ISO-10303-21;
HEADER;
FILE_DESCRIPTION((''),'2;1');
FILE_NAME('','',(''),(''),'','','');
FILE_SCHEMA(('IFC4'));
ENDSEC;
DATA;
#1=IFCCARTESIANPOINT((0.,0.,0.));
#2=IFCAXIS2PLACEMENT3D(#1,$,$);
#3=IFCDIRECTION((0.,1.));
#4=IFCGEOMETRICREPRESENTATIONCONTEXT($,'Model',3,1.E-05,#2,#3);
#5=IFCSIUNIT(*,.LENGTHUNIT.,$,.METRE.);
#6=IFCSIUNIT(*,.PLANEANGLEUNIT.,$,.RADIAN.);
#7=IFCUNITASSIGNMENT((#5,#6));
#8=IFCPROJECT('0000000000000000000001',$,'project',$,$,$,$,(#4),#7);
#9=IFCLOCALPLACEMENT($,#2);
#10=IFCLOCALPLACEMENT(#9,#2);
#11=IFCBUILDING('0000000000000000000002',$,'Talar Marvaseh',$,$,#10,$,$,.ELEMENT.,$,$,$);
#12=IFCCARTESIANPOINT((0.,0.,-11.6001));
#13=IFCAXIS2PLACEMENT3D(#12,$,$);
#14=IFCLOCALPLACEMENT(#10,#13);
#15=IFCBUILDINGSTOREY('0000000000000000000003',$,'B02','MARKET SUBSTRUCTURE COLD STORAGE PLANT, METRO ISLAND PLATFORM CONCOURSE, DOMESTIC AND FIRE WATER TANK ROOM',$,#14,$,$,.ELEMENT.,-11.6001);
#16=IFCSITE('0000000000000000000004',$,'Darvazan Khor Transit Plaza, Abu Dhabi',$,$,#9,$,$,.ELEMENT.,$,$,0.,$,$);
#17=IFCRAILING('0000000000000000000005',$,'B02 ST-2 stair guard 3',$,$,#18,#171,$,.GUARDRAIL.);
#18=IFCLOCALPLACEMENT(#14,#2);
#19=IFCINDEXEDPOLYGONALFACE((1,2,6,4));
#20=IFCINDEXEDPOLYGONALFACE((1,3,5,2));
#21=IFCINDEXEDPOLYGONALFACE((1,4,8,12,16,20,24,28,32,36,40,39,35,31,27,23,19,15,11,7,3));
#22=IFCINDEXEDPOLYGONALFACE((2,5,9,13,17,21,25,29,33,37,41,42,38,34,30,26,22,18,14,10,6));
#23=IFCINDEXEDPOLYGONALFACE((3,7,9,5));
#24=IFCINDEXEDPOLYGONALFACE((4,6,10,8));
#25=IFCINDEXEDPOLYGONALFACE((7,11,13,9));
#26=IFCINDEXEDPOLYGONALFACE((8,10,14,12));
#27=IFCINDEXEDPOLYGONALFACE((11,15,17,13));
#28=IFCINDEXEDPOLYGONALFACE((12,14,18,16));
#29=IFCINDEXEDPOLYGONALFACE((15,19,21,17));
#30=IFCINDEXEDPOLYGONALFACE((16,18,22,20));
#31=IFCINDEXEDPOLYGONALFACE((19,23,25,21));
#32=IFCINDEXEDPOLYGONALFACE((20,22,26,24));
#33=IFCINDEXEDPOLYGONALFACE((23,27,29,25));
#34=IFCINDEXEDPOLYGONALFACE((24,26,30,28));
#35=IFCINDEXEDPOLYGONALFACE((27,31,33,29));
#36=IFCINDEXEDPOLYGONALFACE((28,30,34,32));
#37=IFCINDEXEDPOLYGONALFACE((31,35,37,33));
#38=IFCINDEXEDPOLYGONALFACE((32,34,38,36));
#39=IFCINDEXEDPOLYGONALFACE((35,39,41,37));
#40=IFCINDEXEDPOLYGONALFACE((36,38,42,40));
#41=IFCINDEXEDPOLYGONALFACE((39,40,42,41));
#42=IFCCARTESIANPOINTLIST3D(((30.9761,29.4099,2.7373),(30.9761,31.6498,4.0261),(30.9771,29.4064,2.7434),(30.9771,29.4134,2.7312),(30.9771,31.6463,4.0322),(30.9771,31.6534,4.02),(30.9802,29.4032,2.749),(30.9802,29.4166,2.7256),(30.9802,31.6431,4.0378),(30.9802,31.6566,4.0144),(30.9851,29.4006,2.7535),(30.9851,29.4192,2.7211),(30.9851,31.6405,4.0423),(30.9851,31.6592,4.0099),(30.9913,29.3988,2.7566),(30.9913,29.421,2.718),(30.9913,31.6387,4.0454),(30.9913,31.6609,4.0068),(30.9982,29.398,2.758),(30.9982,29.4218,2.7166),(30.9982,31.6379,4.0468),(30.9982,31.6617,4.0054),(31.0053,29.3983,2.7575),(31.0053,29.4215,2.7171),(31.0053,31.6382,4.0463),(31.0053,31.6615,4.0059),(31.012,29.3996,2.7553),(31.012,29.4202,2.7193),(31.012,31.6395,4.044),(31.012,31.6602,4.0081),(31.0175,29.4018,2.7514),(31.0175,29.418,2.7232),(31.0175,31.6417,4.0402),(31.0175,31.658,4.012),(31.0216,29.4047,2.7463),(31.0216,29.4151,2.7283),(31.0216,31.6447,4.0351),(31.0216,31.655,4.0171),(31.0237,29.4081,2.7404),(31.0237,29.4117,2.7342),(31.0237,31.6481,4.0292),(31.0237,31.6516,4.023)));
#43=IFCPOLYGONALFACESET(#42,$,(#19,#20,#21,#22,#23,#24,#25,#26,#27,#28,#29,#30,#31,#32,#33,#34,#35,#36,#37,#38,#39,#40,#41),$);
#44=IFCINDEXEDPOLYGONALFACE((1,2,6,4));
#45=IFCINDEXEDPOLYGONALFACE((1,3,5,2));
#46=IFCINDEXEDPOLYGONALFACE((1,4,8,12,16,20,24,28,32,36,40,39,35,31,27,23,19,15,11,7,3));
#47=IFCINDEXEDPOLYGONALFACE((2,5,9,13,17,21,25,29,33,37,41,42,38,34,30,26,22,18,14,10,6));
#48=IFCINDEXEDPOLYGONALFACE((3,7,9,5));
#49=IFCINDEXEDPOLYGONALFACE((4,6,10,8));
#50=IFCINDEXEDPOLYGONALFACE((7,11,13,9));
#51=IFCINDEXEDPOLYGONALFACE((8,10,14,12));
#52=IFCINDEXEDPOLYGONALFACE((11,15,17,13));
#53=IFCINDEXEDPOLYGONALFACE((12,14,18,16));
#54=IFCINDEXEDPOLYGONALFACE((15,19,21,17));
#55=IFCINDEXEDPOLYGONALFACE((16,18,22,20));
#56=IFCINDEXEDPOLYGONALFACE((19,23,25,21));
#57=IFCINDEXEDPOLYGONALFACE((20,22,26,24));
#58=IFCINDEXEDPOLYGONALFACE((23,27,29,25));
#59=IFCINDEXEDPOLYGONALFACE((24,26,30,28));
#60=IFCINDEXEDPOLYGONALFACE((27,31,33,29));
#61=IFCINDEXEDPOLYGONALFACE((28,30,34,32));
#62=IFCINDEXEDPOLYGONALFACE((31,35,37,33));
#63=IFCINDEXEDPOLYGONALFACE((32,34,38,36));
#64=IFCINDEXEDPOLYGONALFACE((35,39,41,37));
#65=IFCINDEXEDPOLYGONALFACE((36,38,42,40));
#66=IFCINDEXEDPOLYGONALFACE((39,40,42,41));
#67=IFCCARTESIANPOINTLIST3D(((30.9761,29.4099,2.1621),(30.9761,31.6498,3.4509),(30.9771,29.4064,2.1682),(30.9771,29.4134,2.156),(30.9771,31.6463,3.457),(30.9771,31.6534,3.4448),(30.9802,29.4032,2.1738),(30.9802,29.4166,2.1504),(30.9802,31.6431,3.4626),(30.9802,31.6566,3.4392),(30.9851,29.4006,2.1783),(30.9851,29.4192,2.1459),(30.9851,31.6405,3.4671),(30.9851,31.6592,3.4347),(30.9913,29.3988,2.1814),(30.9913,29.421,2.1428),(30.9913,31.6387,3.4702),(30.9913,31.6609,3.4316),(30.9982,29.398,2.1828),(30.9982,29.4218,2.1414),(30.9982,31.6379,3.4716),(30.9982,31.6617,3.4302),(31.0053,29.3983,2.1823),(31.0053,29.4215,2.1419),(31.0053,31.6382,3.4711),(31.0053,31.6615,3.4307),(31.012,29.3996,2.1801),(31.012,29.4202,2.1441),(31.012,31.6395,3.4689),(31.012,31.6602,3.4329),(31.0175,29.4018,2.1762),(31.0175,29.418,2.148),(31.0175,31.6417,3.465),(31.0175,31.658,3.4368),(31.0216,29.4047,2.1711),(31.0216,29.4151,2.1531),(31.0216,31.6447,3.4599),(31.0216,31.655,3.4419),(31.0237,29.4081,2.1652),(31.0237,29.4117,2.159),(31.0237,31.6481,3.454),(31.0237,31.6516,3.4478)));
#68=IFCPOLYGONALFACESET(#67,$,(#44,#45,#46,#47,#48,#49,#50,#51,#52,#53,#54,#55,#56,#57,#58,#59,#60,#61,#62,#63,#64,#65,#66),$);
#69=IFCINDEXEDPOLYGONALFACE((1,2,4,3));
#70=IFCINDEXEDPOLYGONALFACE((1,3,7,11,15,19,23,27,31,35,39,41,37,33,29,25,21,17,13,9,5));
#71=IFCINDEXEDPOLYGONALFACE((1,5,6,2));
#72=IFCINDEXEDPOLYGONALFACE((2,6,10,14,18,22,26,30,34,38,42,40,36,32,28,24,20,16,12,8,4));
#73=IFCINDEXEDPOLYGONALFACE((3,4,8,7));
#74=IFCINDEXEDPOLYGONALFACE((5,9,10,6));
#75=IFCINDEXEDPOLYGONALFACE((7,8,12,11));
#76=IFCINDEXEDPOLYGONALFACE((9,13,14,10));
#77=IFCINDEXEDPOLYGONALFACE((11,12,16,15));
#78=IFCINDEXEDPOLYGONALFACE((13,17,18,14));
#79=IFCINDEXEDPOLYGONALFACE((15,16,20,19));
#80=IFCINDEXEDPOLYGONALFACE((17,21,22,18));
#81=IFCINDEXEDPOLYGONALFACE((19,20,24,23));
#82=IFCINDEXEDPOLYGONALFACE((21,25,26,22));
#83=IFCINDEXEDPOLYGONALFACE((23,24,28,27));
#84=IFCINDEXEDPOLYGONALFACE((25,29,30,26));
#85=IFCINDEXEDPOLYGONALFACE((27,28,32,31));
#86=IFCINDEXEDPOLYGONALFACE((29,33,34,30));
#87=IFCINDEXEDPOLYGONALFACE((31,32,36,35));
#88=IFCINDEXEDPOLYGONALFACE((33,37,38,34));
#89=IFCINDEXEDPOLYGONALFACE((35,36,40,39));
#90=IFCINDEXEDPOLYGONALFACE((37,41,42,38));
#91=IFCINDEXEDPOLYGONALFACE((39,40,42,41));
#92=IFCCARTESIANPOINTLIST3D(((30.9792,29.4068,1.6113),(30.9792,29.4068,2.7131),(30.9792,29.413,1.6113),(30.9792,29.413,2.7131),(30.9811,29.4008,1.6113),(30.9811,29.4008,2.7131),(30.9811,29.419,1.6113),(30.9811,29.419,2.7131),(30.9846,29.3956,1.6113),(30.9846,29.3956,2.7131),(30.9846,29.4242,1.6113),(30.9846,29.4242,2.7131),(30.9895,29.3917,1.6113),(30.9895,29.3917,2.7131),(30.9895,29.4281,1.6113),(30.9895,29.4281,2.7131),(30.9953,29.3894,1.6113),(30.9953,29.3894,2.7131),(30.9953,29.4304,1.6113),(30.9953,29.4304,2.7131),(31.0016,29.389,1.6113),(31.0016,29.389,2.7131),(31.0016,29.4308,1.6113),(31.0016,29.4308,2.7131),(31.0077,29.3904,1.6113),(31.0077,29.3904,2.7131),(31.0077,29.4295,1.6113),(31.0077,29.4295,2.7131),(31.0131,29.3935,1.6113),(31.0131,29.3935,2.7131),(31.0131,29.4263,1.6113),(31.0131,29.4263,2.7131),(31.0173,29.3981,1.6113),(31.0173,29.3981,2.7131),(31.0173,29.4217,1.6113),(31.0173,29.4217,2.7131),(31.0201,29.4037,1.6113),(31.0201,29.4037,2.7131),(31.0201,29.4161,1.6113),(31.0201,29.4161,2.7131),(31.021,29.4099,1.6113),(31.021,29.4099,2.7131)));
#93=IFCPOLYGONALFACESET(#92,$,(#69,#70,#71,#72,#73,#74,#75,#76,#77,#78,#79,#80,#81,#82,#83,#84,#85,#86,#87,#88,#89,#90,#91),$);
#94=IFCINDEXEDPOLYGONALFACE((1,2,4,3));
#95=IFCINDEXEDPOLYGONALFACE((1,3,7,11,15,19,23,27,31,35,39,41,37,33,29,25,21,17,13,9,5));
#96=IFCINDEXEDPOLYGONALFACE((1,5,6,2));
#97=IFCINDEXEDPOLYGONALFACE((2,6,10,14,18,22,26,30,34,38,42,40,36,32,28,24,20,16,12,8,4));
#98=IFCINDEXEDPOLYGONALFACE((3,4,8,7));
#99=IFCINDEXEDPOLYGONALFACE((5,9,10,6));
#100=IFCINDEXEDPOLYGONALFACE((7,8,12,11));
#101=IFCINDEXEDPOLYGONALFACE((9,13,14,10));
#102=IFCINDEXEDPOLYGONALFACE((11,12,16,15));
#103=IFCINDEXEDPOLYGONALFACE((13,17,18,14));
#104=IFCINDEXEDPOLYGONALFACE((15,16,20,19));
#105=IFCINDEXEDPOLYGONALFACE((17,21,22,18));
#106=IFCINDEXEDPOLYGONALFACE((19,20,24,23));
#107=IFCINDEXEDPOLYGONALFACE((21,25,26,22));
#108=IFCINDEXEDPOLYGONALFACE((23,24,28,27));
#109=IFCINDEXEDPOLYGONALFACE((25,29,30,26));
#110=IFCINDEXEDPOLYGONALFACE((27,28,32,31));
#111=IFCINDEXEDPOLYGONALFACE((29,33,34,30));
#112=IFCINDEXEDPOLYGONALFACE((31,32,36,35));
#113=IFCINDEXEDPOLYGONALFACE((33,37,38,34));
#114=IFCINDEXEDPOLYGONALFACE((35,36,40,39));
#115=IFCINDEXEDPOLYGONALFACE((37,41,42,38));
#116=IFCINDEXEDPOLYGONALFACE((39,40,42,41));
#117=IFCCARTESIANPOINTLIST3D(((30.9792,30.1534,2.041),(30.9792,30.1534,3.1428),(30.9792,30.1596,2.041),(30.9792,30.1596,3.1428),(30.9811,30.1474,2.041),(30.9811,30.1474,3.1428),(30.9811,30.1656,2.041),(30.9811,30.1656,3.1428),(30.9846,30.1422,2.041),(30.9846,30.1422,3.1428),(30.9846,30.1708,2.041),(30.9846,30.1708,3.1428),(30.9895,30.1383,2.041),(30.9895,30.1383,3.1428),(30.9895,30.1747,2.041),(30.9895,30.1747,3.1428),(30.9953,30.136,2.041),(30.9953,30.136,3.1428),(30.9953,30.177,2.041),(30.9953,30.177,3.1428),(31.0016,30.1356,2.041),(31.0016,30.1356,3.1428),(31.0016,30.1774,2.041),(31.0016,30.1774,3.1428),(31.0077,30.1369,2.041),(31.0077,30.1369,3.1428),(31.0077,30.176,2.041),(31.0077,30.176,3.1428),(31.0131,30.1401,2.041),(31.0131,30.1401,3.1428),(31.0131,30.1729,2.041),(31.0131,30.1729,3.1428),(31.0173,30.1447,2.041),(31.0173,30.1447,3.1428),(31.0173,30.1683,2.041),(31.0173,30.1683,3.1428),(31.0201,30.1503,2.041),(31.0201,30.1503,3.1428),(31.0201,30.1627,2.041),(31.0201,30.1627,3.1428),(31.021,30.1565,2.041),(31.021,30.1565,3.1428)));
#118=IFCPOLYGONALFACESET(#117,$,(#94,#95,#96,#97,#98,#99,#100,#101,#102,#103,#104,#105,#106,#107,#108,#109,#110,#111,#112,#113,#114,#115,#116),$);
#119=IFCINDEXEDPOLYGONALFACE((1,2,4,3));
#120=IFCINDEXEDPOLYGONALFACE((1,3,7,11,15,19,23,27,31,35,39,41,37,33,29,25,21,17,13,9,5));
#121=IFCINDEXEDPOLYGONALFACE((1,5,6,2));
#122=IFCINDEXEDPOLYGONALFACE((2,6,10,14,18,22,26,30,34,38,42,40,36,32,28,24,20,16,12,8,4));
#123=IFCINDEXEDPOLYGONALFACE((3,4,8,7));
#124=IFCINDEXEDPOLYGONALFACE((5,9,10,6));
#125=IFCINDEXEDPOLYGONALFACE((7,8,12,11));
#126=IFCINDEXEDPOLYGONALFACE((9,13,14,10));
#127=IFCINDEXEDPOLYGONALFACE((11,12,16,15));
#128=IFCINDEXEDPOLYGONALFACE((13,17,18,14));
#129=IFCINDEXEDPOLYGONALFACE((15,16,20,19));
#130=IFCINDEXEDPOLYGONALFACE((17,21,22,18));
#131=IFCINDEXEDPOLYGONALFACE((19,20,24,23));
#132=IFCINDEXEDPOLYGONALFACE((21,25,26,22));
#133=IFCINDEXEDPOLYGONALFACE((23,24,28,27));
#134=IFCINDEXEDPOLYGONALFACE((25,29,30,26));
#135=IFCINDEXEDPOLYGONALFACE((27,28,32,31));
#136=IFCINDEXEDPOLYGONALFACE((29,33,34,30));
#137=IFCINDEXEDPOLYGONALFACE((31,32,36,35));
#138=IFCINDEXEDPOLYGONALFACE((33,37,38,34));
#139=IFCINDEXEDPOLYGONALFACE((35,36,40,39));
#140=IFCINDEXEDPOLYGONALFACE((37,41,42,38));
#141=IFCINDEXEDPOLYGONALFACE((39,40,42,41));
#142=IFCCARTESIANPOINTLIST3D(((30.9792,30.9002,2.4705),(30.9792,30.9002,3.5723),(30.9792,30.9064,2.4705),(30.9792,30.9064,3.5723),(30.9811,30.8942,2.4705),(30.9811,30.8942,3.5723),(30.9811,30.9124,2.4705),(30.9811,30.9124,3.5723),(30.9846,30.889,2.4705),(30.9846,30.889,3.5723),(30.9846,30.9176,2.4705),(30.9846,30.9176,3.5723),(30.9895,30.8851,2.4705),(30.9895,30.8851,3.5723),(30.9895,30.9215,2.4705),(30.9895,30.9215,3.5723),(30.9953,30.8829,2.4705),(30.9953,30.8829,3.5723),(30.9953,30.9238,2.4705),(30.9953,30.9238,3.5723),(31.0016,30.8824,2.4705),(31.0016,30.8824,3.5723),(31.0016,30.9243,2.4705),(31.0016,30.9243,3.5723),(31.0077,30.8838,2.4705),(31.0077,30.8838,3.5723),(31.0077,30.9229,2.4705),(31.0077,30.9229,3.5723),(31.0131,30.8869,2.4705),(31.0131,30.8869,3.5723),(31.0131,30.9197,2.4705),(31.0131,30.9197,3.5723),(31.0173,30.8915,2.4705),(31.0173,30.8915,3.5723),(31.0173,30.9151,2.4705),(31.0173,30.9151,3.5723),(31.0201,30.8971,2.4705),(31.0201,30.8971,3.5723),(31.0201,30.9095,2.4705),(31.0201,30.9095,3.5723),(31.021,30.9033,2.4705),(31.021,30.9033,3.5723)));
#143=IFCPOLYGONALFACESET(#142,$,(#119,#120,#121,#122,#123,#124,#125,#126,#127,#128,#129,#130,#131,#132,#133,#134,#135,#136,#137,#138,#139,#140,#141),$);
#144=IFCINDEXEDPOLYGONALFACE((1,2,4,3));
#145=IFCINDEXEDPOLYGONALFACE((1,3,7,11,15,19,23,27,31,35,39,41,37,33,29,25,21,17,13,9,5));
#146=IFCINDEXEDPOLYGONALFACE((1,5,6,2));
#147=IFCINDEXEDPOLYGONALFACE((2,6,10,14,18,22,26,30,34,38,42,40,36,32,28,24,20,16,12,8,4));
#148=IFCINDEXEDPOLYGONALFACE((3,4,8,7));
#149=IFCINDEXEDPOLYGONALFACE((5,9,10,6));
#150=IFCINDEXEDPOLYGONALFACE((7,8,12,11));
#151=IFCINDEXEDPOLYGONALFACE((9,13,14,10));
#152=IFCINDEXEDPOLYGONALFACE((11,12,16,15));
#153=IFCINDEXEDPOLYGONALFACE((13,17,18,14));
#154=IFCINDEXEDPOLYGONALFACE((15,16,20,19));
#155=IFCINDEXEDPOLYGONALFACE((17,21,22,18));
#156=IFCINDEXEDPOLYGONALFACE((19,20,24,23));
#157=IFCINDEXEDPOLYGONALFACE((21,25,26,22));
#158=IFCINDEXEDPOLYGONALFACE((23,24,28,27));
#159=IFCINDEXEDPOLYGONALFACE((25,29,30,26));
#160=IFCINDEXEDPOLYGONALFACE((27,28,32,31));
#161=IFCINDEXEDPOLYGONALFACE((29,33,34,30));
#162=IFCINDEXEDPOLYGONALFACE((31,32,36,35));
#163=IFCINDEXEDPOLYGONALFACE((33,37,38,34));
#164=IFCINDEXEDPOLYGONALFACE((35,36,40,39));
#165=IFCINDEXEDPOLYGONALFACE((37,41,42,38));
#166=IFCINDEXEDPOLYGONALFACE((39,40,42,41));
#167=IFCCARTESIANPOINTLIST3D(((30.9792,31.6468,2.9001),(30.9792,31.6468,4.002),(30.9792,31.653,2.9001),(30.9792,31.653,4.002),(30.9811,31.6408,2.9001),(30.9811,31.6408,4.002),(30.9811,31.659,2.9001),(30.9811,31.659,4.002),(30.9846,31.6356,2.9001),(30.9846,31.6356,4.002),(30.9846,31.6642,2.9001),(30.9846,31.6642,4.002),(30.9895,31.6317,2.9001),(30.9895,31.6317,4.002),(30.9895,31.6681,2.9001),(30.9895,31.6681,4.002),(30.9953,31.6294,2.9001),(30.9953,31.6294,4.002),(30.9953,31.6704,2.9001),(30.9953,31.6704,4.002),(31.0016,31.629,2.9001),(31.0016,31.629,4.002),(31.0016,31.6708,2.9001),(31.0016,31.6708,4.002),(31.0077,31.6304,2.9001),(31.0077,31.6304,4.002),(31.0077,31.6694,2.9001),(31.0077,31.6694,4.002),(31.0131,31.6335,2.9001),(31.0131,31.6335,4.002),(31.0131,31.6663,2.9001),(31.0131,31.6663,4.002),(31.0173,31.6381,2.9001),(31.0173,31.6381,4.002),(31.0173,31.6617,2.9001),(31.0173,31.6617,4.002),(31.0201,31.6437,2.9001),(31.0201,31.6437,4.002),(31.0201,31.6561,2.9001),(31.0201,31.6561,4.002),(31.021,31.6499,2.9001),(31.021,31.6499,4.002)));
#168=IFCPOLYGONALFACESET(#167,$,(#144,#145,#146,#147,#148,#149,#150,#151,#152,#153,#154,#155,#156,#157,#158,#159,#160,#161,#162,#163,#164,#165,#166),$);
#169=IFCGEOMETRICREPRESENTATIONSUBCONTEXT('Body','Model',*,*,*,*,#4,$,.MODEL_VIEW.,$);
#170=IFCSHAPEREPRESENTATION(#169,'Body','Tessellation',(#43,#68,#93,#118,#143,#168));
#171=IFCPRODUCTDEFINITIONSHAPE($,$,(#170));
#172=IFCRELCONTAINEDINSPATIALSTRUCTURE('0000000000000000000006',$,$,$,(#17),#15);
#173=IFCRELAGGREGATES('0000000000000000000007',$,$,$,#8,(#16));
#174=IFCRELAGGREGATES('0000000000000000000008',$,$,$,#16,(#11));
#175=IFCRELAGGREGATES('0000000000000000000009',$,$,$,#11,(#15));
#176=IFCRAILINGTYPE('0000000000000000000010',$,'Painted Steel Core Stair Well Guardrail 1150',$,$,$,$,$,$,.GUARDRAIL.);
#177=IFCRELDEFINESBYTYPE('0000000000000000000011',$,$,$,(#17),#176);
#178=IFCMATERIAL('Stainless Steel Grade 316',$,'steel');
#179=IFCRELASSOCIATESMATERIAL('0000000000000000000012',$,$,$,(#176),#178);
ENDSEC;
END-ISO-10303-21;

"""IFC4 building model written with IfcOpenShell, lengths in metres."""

from ifc_helpers import new_model, si_unit, direction, frame, origin, origin_2d, place, context, subcontext, project, spatial, circle, extrude, material, type_object, element, save


model = new_model("IFC4")

# Units and contexts
model_context = context("Model", 3, precision=1e-05, world=origin(), true_north=direction((0.0, 1.0)))
body_context = subcontext(model_context, "Body", "Model", "MODEL_VIEW")
ifc_project = project(units=[si_unit("LENGTHUNIT", "METRE"), si_unit("PLANEANGLEUNIT", "RADIAN")], contexts=[model_context])

# Site, building, storey
site_placement = place(None, origin())
site = spatial("IfcSite", under=ifc_project, at=site_placement, Name="Darvazan Khor Transit Plaza, Abu Dhabi", CompositionType="ELEMENT", RefElevation=0.0)
building_placement = place(site_placement, origin())
building = spatial("IfcBuilding", under=site, at=building_placement, Name="Talar Marvaseh", CompositionType="ELEMENT")
storey_placement = place(building_placement, frame((0.0, 0.0, -11.6001)))
storey = spatial("IfcBuildingStorey", under=building, at=storey_placement, Name="B02", Description="MARKET SUBSTRUCTURE COLD STORAGE PLANT, METRO ISLAND PLATFORM CONCOURSE, DOMESTIC AND FIRE WATER TANK ROOM", CompositionType="ELEMENT", Elevation=-11.6001)

# Railing
ifc_material_1 = material(Name="Stainless Steel Grade 316", Category="steel")
railing_type_1 = type_object("IfcRailingType", Name="Painted Steel Core Stair Well Guardrail 1150", PredefinedType="GUARDRAIL", material=ifc_material_1)
for number, where, name in (
    (1, (31.0, 29.4099, 1.6113), "B02 ST-2 stair guard 3"),
):
    element("IfcRailing", number, at=place(storey_placement, frame(where)), inside=storey, type_object=railing_type_1, Name=name, PredefinedType="GUARDRAIL", context=body_context, shape_type="SweptSolid", body=[
        extrude(circle(Radius=0.0239, at=origin_2d()), frame((0.0, 0.0, 1.126), z_axis=(0.0, 0.866768, 0.498711), x_axis=(-1.0, 0.0, 0.0)), (0.0, 0.0, 1.0), 2.5842),
        extrude(circle(Radius=0.0239, at=origin_2d()), frame((0.0, 0.0, 0.5508), z_axis=(0.0, 0.866768, 0.498711), x_axis=(-1.0, 0.0, 0.0)), (0.0, 0.0, 1.0), 2.5842),
        extrude(circle(Radius=0.021, at=origin_2d()), origin(), (0.0, 0.0, 1.0), 1.1018),
        extrude(circle(Radius=0.021, at=origin_2d()), frame((0.0, 0.7466, 0.4297)), (0.0, 0.0, 1.0), 1.1018),
        extrude(circle(Radius=0.021, at=origin_2d()), frame((0.0, 1.4934, 0.8591)), (0.0, 0.0, 1.0), 1.1018),
        extrude(circle(Radius=0.021, at=origin_2d()), frame((0.0, 2.24, 1.2888)), (0.0, 0.0, 1.0), 1.1018),
    ])

save(model, "model.ifc")
